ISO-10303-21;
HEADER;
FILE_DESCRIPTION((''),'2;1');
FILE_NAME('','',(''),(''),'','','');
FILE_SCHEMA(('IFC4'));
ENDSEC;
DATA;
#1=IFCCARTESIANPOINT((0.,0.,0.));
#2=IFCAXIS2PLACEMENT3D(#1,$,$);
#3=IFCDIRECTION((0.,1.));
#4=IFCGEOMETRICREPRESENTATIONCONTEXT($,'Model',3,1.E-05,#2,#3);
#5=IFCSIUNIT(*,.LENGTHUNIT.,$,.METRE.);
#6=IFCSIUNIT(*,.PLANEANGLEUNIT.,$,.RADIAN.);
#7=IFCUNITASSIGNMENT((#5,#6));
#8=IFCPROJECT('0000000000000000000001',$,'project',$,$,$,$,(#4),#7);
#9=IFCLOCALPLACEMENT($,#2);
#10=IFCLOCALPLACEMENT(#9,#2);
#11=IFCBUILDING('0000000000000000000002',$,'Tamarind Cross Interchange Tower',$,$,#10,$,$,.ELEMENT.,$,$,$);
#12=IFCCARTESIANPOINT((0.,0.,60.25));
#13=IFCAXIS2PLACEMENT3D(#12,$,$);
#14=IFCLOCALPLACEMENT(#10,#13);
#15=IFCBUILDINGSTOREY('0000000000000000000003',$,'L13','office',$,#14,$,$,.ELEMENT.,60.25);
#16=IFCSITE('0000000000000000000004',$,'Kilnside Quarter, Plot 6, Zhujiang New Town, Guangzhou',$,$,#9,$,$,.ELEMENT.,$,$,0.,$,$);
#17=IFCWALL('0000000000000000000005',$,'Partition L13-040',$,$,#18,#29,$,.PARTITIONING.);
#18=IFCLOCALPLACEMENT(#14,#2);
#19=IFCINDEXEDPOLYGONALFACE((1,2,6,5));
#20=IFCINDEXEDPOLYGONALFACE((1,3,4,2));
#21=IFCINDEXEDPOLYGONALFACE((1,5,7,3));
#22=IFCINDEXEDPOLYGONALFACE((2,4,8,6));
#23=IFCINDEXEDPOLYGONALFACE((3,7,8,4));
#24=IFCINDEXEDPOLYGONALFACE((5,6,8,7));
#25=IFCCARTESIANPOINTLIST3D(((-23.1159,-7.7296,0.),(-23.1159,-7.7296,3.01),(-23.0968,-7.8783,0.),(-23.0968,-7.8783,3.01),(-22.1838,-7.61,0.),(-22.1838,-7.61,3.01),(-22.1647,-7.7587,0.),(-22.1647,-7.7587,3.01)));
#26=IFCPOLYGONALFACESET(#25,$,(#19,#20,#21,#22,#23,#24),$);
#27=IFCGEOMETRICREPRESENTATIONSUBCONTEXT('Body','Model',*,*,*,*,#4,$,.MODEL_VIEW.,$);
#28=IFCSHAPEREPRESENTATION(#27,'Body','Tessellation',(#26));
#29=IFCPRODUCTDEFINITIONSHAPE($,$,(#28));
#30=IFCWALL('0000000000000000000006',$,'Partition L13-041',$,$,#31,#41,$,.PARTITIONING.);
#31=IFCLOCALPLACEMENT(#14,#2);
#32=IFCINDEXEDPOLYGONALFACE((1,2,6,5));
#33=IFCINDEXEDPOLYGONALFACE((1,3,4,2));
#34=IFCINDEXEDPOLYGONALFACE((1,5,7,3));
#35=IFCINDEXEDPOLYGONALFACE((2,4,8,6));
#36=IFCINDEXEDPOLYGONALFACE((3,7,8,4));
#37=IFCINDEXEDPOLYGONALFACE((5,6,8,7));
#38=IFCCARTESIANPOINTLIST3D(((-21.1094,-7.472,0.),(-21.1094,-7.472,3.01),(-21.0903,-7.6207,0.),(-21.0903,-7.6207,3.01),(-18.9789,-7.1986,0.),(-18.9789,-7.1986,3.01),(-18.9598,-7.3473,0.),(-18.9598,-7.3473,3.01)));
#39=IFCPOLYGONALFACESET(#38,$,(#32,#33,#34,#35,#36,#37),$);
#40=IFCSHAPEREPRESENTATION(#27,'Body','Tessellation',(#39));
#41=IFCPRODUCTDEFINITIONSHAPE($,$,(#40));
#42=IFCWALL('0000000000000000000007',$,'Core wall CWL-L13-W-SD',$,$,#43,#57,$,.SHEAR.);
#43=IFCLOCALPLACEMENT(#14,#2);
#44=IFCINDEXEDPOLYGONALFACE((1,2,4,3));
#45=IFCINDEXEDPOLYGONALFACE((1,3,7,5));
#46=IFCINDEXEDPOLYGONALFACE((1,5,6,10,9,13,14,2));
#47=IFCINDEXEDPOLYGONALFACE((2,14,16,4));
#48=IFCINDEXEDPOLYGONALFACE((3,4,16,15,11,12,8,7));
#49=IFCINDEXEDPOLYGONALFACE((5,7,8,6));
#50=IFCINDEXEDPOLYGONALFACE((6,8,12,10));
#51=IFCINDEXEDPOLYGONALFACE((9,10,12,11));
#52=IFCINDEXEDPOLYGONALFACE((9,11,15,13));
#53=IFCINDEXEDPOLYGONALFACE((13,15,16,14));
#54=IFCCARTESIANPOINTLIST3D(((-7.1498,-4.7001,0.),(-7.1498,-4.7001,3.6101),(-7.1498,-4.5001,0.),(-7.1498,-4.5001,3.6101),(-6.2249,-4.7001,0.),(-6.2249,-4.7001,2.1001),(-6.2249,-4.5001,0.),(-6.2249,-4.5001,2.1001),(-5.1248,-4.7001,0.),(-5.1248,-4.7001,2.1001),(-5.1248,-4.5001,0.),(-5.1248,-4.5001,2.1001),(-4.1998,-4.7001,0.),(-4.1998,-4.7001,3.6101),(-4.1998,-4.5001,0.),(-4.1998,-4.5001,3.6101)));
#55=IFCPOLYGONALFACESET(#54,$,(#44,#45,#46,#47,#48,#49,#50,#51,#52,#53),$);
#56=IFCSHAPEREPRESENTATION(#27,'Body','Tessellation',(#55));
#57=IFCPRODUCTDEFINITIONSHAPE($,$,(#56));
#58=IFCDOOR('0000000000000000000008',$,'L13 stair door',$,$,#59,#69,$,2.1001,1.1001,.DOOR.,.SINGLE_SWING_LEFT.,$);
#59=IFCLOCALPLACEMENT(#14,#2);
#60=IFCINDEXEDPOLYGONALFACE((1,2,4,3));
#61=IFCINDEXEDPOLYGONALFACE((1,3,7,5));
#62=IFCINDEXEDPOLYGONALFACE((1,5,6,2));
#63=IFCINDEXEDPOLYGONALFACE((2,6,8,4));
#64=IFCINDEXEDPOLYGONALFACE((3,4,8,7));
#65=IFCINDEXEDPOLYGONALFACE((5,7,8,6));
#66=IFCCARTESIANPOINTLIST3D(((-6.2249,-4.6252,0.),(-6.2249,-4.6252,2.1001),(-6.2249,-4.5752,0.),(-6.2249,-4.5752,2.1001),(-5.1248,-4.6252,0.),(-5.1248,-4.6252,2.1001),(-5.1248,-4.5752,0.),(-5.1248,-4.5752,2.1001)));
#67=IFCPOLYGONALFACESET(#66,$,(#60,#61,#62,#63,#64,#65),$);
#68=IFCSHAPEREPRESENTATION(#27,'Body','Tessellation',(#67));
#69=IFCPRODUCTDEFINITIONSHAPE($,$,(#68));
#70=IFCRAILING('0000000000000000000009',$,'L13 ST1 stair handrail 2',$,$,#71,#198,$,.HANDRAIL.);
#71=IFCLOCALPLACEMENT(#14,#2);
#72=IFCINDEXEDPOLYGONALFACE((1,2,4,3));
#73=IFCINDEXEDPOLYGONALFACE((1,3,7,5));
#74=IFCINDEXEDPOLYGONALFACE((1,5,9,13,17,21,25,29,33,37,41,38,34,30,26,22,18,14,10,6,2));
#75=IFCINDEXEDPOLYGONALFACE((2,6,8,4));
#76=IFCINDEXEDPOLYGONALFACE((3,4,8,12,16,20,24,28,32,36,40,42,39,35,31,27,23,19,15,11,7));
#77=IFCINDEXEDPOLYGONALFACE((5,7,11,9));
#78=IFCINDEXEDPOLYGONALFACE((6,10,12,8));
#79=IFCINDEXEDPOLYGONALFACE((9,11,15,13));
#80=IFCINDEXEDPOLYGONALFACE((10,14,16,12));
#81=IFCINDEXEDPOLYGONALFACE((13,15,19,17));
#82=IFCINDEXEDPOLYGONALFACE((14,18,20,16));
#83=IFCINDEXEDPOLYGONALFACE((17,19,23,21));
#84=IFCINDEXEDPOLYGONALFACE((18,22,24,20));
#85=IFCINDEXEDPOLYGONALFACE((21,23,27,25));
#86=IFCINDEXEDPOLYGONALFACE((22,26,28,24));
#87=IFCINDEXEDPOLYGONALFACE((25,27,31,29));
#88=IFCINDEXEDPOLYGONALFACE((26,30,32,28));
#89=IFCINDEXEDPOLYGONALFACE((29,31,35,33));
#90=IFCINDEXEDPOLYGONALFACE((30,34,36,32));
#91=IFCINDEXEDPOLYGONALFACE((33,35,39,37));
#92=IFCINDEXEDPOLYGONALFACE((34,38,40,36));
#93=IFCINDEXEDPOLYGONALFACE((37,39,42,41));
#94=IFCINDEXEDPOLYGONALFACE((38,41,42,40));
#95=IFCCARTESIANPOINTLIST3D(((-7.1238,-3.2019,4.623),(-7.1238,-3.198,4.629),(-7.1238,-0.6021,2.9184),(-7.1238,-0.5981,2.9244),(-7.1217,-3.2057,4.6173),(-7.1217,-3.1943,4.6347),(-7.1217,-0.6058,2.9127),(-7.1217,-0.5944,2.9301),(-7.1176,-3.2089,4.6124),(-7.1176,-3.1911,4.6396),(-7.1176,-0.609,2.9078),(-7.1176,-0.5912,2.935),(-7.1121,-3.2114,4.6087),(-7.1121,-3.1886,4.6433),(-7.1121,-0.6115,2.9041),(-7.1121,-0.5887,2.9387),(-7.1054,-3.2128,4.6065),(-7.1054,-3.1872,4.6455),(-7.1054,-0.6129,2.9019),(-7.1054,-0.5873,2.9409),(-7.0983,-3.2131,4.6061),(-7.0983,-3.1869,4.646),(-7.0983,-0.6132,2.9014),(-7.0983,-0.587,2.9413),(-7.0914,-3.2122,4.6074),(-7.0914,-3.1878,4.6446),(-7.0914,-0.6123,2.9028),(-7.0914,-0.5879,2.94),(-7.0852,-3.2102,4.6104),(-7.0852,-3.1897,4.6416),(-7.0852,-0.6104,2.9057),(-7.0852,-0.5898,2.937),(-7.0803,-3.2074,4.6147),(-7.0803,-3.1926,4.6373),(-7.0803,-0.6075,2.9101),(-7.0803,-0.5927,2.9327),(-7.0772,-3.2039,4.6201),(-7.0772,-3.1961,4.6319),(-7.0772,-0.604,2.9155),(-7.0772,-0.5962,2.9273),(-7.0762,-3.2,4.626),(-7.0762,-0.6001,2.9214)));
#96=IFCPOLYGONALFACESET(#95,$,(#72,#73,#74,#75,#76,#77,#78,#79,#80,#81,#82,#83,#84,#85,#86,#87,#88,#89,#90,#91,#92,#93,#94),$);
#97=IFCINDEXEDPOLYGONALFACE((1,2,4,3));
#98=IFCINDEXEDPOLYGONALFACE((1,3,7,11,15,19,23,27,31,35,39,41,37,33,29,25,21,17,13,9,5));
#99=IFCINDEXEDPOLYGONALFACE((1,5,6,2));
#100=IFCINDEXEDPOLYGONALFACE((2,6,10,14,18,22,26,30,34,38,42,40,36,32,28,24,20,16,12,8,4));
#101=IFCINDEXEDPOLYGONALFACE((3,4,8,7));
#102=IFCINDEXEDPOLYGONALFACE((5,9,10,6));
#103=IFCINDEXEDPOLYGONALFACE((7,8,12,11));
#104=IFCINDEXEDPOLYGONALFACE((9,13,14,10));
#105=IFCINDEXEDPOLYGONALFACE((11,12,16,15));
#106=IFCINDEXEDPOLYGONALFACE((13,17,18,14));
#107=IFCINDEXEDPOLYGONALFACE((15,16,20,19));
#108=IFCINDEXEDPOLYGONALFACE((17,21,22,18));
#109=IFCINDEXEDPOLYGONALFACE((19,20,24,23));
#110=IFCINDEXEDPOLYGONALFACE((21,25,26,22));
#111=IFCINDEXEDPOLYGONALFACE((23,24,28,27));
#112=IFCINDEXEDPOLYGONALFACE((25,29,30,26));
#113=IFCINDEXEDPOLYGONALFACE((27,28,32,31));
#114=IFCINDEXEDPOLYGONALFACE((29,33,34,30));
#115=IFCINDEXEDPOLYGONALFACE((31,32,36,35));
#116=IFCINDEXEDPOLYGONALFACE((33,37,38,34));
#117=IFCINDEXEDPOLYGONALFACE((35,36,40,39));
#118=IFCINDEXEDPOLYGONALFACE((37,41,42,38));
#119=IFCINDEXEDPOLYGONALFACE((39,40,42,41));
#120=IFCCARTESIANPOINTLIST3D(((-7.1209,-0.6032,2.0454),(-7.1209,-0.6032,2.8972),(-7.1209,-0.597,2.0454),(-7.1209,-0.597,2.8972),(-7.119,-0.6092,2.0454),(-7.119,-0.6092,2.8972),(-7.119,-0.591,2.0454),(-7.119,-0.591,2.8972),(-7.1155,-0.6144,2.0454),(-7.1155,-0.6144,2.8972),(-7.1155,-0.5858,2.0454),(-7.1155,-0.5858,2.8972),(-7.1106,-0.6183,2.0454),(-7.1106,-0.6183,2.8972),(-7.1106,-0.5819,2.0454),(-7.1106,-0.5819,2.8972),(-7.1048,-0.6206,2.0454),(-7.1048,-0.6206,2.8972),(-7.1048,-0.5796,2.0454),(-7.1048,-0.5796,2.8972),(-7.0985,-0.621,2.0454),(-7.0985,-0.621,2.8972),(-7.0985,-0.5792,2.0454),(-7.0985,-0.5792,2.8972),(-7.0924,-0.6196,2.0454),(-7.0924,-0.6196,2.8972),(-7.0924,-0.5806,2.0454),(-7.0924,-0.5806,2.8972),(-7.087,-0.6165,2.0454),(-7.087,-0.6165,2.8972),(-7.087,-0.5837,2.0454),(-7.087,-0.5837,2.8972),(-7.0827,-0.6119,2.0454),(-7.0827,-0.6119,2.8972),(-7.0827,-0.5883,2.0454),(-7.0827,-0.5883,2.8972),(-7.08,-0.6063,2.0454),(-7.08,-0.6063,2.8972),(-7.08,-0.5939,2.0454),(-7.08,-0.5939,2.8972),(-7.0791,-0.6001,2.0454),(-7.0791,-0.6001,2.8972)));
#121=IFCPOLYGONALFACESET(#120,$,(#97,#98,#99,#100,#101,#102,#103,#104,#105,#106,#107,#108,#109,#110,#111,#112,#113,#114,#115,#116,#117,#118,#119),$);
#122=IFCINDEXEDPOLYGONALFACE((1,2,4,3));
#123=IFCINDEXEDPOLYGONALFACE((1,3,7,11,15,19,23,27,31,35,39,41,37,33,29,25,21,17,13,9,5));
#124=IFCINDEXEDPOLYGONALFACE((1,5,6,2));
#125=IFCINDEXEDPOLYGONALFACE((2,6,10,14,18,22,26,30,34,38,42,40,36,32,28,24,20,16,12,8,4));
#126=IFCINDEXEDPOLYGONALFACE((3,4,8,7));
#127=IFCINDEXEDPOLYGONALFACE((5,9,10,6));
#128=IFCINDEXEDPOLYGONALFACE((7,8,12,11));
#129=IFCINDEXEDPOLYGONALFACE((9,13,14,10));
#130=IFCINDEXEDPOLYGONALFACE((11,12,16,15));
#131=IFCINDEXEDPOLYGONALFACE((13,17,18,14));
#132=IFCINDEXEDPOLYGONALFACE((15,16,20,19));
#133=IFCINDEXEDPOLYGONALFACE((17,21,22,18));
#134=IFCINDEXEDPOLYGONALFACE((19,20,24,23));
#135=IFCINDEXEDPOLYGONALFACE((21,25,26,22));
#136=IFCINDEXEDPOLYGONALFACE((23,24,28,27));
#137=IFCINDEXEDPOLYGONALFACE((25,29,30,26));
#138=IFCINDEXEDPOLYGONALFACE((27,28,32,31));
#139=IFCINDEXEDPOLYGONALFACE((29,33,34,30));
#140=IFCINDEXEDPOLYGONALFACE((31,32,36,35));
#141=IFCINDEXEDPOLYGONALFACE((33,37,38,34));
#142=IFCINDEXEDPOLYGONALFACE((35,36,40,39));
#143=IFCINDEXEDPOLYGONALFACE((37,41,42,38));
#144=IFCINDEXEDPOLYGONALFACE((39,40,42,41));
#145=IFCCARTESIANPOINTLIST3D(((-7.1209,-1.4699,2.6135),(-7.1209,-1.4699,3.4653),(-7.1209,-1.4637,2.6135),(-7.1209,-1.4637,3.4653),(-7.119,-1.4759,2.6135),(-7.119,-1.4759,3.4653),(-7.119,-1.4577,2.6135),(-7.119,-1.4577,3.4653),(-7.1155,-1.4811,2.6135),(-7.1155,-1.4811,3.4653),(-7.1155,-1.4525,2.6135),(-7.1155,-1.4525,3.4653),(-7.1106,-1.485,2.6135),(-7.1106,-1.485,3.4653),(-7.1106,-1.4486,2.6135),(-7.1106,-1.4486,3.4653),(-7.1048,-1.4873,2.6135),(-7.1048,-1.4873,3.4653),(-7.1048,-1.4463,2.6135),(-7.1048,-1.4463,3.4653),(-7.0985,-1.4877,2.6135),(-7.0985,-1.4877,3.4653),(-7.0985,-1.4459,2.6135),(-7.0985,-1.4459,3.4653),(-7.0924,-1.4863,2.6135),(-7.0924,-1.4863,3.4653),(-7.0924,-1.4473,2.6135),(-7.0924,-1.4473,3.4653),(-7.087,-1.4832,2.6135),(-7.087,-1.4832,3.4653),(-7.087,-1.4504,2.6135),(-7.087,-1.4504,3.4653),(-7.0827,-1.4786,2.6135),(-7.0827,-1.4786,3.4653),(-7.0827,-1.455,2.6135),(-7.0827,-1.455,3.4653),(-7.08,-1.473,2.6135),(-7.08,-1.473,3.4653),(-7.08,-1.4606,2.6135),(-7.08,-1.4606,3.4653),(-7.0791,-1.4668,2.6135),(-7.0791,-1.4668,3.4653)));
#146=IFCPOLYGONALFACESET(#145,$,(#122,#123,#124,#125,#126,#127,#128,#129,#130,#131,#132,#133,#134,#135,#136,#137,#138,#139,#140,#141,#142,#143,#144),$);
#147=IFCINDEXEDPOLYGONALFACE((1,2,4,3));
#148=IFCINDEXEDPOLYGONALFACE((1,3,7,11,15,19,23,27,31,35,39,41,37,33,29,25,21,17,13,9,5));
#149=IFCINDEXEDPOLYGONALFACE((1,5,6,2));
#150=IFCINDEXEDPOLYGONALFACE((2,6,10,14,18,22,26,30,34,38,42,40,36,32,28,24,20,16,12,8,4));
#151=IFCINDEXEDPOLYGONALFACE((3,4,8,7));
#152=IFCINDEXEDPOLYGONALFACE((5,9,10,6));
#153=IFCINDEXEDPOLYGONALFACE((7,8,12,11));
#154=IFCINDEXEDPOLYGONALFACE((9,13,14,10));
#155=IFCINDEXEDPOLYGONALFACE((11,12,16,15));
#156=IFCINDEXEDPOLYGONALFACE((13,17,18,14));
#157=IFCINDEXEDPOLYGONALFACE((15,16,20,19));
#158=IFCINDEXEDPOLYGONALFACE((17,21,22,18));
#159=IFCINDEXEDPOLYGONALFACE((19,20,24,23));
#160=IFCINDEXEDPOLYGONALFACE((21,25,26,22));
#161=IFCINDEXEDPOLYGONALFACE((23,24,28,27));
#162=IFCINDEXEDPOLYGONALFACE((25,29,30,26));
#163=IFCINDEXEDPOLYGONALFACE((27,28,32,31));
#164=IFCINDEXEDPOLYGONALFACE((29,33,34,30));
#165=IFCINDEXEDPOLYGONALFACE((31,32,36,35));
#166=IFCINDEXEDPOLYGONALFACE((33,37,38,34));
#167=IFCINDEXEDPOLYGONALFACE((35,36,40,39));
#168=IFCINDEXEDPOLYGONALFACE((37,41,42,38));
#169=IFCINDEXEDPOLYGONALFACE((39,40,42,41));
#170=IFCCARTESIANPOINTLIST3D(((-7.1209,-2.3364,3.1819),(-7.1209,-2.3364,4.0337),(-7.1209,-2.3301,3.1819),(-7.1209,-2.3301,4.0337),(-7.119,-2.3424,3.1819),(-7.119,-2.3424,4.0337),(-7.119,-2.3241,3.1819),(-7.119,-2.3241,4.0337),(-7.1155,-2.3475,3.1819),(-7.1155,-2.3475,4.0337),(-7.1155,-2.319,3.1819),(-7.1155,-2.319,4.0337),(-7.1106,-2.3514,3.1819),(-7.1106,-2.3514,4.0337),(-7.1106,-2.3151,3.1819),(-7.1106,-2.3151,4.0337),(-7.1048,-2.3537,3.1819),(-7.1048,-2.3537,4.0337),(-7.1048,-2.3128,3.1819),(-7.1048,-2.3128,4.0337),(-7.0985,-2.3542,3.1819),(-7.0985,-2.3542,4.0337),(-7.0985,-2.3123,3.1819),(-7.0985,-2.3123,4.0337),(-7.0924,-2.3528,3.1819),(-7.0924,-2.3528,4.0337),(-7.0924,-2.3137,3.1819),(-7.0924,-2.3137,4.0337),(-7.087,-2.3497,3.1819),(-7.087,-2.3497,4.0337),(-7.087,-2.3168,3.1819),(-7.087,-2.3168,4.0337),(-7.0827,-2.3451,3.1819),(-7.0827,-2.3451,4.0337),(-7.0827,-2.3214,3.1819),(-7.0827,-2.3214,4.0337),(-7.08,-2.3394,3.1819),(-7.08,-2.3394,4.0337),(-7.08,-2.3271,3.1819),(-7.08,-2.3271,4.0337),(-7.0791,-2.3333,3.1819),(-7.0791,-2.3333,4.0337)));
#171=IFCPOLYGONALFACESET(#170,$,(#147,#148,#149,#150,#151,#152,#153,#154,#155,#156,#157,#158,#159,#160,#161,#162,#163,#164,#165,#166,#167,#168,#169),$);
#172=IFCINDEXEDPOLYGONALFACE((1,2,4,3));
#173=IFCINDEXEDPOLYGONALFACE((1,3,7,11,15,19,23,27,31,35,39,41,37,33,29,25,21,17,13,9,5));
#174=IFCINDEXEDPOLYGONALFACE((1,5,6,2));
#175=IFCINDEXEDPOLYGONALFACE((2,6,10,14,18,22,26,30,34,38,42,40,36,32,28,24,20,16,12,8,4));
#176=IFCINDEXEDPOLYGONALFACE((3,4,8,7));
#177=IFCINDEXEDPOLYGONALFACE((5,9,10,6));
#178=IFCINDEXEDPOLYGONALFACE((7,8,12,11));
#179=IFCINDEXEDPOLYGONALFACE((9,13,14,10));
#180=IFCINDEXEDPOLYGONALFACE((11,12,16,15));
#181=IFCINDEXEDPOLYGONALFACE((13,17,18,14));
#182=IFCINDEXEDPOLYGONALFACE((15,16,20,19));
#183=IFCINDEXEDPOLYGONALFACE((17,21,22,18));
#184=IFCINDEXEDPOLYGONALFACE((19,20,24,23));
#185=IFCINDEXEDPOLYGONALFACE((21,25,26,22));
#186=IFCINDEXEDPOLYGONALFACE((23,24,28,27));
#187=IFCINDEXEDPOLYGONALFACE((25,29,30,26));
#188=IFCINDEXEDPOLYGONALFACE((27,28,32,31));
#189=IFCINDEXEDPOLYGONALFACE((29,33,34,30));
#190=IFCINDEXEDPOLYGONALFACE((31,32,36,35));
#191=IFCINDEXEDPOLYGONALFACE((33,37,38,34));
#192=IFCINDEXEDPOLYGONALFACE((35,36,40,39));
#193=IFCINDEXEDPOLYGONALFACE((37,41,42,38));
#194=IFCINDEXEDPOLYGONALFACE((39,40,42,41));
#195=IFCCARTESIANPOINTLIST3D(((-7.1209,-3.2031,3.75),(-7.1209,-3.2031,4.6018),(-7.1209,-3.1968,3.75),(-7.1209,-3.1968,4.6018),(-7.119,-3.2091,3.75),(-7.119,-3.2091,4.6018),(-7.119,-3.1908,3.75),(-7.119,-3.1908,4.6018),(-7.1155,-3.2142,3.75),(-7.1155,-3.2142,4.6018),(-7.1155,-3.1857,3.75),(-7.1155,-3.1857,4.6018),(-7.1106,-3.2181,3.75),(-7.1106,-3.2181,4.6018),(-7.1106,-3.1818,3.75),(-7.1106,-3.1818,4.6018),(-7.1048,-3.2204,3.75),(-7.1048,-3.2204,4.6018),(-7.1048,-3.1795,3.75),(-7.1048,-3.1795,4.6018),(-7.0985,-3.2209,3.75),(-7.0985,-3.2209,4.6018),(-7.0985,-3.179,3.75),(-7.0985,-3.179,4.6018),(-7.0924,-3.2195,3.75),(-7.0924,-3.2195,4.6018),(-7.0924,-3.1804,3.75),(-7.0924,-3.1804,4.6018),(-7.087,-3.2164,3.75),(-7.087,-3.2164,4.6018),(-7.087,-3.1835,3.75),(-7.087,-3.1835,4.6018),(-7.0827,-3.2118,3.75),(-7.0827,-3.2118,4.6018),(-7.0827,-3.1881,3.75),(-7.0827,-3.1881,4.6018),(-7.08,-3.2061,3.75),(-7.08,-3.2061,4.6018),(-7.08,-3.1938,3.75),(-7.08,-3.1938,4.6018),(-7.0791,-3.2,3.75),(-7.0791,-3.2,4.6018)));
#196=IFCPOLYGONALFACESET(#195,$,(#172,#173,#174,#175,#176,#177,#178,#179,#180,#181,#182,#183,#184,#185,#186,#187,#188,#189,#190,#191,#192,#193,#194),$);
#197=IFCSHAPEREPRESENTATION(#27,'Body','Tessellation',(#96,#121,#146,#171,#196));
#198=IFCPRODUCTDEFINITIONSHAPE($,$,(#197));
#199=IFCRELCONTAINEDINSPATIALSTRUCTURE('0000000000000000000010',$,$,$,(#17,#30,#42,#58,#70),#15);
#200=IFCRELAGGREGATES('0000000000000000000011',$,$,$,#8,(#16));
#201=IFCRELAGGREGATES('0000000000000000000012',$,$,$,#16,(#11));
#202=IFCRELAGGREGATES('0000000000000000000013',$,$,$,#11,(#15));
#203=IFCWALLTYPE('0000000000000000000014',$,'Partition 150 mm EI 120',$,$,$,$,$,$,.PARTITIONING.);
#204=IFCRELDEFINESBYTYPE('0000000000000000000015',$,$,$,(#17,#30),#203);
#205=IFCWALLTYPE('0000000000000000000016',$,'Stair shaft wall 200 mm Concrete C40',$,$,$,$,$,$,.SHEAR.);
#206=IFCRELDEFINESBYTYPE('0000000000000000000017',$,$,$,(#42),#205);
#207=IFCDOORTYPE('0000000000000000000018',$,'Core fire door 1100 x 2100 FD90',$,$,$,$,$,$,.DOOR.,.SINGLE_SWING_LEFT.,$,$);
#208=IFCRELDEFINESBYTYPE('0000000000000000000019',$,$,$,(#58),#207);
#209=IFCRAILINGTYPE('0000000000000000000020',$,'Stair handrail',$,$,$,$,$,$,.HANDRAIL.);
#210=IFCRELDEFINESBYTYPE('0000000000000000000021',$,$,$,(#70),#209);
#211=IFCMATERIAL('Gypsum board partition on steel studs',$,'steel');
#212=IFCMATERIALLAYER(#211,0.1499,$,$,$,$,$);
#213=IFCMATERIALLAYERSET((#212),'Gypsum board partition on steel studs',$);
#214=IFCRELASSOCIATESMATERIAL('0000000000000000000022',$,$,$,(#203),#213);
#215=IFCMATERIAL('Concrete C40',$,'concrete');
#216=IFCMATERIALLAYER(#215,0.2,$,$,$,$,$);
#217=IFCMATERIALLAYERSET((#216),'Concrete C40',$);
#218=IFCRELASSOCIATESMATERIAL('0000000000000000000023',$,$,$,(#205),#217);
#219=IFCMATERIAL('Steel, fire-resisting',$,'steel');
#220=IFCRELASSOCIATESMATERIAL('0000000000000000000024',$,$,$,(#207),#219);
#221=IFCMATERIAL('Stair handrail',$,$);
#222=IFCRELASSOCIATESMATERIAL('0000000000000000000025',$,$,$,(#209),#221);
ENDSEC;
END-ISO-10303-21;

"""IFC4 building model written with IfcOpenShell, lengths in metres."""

from ifc_helpers import new_model, si_unit, direction, frame, frame_2d, origin, origin_2d, place, context, subcontext, project, spatial, rectangle, circle, extrude, material, layer, layer_set, type_object, element, fill, save


model = new_model("IFC4")

# Units and contexts
model_context = context("Model", 3, precision=1e-05, world=origin(), true_north=direction((0.0, 1.0)))
body_context = subcontext(model_context, "Body", "Model", "MODEL_VIEW")
ifc_project = project(units=[si_unit("LENGTHUNIT", "METRE"), si_unit("PLANEANGLEUNIT", "RADIAN")], contexts=[model_context])

# Site, building, storey
site_placement = place(None, origin())
site = spatial("IfcSite", under=ifc_project, at=site_placement, Name="Kilnside Quarter, Plot 6, Zhujiang New Town, Guangzhou", CompositionType="ELEMENT", RefElevation=0.0)
building_placement = place(site_placement, origin())
building = spatial("IfcBuilding", under=site, at=building_placement, Name="Tamarind Cross Interchange Tower", CompositionType="ELEMENT")
storey_placement = place(building_placement, frame((0.0, 0.0, 60.25)))
storey = spatial("IfcBuildingStorey", under=building, at=storey_placement, Name="L13", Description="office", CompositionType="ELEMENT", Elevation=60.25)

# Shared definitions
ifc_material_1 = material(Name="Gypsum board partition on steel studs", Category="steel")
ifc_layer_1 = layer(ifc_material_1, 0.1499)
ifc_layer_set_1 = layer_set([ifc_layer_1], Name="Gypsum board partition on steel studs")
wall_type_1 = type_object("IfcWallType", Name="Partition 150 mm EI 120", PredefinedType="PARTITIONING", material=ifc_layer_set_1)

# Walls
wall_1_placement = place(storey_placement, frame((-23.1062, -7.804, 0.0), z_axis=(0.0, 0.0, 1.0), x_axis=(0.991865, 0.127295, 0.0)))
element("IfcWall", 1, at=wall_1_placement, inside=storey, type_object=wall_type_1, Name="Partition L13-040", PredefinedType="PARTITIONING", context=body_context, shape_type="SweptSolid", body=[
    extrude(rectangle(XDim=0.9397, YDim=0.1499, at=frame_2d((0.4697, 0.0))), origin(), (0.0, 0.0, 1.0), 3.01),
])
wall_2_placement = place(storey_placement, frame((-21.0999, -7.5464, 0.0), z_axis=(0.0, 0.0, 1.0), x_axis=(0.991863, 0.127308, 0.0)))
element("IfcWall", 2, at=wall_2_placement, inside=storey, type_object=wall_type_1, Name="Partition L13-041", PredefinedType="PARTITIONING", context=body_context, shape_type="SweptSolid", body=[
    extrude(rectangle(XDim=2.1479, YDim=0.1499, at=frame_2d((1.074, 0.0))), origin(), (0.0, 0.0, 1.0), 3.01),
])

# Wall, opening, door
ifc_material_2 = material(Name="Concrete C40", Category="concrete")
ifc_layer_2 = layer(ifc_material_2, 0.2)
ifc_layer_set_2 = layer_set([ifc_layer_2], Name="Concrete C40")
wall_type_2 = type_object("IfcWallType", Name="Stair shaft wall 200 mm Concrete C40", PredefinedType="SHEAR", material=ifc_layer_set_2)
wall_3_placement = place(storey_placement, frame((-7.1499, -4.6001, 0.0), z_axis=(0.0, 0.0, 1.0), x_axis=(1.0, 0.0, 0.0)))
wall_3 = element("IfcWall", 3, at=wall_3_placement, inside=storey, type_object=wall_type_2, Name="Core wall CWL-L13-W-SD", PredefinedType="SHEAR", context=body_context, shape_type="SweptSolid", body=[
    extrude(rectangle(XDim=2.95, YDim=0.2, at=frame_2d((1.4751, 0.0))), origin(), (0.0, 0.0, 1.0), 3.6101),
])
opening_1_placement = place(wall_3_placement, frame((0.925, 0.0, 0.0)))
opening_1 = element("IfcOpeningElement", 4, at=opening_1_placement, cuts=wall_3, PredefinedType="OPENING", context=body_context, shape_type="SweptSolid", body=[
    extrude(rectangle(XDim=1.1001, YDim=2.1001, at=frame_2d((0.55, 1.05))), frame((0.0, 0.1099, 0.0), z_axis=(0.0, -1.0, 0.0), x_axis=(1.0, 0.0, 0.0)), (0.0, 0.0, 1.0), 0.22),
])
ifc_material_3 = material(Name="Steel, fire-resisting", Category="steel")
door_type_1 = type_object("IfcDoorType", Name="Core fire door 1100 x 2100 FD90", OperationType="SINGLE_SWING_LEFT", PredefinedType="DOOR", material=ifc_material_3)
door_1_placement = place(opening_1_placement, origin())
door_1 = element("IfcDoor", 5, at=door_1_placement, inside=storey, type_object=door_type_1, Name="L13 stair door", OperationType="SINGLE_SWING_LEFT", OverallHeight=2.1001, OverallWidth=1.1001, PredefinedType="DOOR", context=body_context, shape_type="SweptSolid", body=[
    extrude(rectangle(XDim=1.1001, YDim=2.1001, at=frame_2d((0.55, 1.05))), frame((0.0, 0.0249, 0.0), z_axis=(0.0, -1.0, 0.0), x_axis=(1.0, 0.0, 0.0)), (0.0, 0.0, 1.0), 0.05),
])
fill(opening_1, door_1)

# Railing
ifc_material_4 = material(Name="Stair handrail")
railing_type = type_object("IfcRailingType", Name="Stair handrail", PredefinedType="HANDRAIL", material=ifc_material_4)
railing_1_placement = place(storey_placement, frame((-7.1001, -0.6001, 2.0454)))
element("IfcRailing", 6, at=railing_1_placement, inside=storey, type_object=railing_type, Name="L13 ST1 stair handrail 2", PredefinedType="HANDRAIL", context=body_context, shape_type="SweptSolid", body=[
    extrude(circle(Radius=0.0239, at=origin_2d()), frame((0.0, 0.0, 0.876), z_axis=(0.0, -0.836279, 0.548305), x_axis=(1.0, 0.0, 0.0)), (0.0, 0.0, 1.0), 3.1089),
    extrude(circle(Radius=0.021, at=origin_2d()), origin(), (0.0, 0.0, 1.0), 0.8518),
    extrude(circle(Radius=0.021, at=origin_2d()), frame((0.0, -0.8667, 0.5681)), (0.0, 0.0, 1.0), 0.8518),
    extrude(circle(Radius=0.021, at=origin_2d()), frame((0.0, -1.7332, 1.1365)), (0.0, 0.0, 1.0), 0.8518),
    extrude(circle(Radius=0.021, at=origin_2d()), frame((0.0, -2.5999, 1.7046)), (0.0, 0.0, 1.0), 0.8518),
])

save(model, "model.ifc")
